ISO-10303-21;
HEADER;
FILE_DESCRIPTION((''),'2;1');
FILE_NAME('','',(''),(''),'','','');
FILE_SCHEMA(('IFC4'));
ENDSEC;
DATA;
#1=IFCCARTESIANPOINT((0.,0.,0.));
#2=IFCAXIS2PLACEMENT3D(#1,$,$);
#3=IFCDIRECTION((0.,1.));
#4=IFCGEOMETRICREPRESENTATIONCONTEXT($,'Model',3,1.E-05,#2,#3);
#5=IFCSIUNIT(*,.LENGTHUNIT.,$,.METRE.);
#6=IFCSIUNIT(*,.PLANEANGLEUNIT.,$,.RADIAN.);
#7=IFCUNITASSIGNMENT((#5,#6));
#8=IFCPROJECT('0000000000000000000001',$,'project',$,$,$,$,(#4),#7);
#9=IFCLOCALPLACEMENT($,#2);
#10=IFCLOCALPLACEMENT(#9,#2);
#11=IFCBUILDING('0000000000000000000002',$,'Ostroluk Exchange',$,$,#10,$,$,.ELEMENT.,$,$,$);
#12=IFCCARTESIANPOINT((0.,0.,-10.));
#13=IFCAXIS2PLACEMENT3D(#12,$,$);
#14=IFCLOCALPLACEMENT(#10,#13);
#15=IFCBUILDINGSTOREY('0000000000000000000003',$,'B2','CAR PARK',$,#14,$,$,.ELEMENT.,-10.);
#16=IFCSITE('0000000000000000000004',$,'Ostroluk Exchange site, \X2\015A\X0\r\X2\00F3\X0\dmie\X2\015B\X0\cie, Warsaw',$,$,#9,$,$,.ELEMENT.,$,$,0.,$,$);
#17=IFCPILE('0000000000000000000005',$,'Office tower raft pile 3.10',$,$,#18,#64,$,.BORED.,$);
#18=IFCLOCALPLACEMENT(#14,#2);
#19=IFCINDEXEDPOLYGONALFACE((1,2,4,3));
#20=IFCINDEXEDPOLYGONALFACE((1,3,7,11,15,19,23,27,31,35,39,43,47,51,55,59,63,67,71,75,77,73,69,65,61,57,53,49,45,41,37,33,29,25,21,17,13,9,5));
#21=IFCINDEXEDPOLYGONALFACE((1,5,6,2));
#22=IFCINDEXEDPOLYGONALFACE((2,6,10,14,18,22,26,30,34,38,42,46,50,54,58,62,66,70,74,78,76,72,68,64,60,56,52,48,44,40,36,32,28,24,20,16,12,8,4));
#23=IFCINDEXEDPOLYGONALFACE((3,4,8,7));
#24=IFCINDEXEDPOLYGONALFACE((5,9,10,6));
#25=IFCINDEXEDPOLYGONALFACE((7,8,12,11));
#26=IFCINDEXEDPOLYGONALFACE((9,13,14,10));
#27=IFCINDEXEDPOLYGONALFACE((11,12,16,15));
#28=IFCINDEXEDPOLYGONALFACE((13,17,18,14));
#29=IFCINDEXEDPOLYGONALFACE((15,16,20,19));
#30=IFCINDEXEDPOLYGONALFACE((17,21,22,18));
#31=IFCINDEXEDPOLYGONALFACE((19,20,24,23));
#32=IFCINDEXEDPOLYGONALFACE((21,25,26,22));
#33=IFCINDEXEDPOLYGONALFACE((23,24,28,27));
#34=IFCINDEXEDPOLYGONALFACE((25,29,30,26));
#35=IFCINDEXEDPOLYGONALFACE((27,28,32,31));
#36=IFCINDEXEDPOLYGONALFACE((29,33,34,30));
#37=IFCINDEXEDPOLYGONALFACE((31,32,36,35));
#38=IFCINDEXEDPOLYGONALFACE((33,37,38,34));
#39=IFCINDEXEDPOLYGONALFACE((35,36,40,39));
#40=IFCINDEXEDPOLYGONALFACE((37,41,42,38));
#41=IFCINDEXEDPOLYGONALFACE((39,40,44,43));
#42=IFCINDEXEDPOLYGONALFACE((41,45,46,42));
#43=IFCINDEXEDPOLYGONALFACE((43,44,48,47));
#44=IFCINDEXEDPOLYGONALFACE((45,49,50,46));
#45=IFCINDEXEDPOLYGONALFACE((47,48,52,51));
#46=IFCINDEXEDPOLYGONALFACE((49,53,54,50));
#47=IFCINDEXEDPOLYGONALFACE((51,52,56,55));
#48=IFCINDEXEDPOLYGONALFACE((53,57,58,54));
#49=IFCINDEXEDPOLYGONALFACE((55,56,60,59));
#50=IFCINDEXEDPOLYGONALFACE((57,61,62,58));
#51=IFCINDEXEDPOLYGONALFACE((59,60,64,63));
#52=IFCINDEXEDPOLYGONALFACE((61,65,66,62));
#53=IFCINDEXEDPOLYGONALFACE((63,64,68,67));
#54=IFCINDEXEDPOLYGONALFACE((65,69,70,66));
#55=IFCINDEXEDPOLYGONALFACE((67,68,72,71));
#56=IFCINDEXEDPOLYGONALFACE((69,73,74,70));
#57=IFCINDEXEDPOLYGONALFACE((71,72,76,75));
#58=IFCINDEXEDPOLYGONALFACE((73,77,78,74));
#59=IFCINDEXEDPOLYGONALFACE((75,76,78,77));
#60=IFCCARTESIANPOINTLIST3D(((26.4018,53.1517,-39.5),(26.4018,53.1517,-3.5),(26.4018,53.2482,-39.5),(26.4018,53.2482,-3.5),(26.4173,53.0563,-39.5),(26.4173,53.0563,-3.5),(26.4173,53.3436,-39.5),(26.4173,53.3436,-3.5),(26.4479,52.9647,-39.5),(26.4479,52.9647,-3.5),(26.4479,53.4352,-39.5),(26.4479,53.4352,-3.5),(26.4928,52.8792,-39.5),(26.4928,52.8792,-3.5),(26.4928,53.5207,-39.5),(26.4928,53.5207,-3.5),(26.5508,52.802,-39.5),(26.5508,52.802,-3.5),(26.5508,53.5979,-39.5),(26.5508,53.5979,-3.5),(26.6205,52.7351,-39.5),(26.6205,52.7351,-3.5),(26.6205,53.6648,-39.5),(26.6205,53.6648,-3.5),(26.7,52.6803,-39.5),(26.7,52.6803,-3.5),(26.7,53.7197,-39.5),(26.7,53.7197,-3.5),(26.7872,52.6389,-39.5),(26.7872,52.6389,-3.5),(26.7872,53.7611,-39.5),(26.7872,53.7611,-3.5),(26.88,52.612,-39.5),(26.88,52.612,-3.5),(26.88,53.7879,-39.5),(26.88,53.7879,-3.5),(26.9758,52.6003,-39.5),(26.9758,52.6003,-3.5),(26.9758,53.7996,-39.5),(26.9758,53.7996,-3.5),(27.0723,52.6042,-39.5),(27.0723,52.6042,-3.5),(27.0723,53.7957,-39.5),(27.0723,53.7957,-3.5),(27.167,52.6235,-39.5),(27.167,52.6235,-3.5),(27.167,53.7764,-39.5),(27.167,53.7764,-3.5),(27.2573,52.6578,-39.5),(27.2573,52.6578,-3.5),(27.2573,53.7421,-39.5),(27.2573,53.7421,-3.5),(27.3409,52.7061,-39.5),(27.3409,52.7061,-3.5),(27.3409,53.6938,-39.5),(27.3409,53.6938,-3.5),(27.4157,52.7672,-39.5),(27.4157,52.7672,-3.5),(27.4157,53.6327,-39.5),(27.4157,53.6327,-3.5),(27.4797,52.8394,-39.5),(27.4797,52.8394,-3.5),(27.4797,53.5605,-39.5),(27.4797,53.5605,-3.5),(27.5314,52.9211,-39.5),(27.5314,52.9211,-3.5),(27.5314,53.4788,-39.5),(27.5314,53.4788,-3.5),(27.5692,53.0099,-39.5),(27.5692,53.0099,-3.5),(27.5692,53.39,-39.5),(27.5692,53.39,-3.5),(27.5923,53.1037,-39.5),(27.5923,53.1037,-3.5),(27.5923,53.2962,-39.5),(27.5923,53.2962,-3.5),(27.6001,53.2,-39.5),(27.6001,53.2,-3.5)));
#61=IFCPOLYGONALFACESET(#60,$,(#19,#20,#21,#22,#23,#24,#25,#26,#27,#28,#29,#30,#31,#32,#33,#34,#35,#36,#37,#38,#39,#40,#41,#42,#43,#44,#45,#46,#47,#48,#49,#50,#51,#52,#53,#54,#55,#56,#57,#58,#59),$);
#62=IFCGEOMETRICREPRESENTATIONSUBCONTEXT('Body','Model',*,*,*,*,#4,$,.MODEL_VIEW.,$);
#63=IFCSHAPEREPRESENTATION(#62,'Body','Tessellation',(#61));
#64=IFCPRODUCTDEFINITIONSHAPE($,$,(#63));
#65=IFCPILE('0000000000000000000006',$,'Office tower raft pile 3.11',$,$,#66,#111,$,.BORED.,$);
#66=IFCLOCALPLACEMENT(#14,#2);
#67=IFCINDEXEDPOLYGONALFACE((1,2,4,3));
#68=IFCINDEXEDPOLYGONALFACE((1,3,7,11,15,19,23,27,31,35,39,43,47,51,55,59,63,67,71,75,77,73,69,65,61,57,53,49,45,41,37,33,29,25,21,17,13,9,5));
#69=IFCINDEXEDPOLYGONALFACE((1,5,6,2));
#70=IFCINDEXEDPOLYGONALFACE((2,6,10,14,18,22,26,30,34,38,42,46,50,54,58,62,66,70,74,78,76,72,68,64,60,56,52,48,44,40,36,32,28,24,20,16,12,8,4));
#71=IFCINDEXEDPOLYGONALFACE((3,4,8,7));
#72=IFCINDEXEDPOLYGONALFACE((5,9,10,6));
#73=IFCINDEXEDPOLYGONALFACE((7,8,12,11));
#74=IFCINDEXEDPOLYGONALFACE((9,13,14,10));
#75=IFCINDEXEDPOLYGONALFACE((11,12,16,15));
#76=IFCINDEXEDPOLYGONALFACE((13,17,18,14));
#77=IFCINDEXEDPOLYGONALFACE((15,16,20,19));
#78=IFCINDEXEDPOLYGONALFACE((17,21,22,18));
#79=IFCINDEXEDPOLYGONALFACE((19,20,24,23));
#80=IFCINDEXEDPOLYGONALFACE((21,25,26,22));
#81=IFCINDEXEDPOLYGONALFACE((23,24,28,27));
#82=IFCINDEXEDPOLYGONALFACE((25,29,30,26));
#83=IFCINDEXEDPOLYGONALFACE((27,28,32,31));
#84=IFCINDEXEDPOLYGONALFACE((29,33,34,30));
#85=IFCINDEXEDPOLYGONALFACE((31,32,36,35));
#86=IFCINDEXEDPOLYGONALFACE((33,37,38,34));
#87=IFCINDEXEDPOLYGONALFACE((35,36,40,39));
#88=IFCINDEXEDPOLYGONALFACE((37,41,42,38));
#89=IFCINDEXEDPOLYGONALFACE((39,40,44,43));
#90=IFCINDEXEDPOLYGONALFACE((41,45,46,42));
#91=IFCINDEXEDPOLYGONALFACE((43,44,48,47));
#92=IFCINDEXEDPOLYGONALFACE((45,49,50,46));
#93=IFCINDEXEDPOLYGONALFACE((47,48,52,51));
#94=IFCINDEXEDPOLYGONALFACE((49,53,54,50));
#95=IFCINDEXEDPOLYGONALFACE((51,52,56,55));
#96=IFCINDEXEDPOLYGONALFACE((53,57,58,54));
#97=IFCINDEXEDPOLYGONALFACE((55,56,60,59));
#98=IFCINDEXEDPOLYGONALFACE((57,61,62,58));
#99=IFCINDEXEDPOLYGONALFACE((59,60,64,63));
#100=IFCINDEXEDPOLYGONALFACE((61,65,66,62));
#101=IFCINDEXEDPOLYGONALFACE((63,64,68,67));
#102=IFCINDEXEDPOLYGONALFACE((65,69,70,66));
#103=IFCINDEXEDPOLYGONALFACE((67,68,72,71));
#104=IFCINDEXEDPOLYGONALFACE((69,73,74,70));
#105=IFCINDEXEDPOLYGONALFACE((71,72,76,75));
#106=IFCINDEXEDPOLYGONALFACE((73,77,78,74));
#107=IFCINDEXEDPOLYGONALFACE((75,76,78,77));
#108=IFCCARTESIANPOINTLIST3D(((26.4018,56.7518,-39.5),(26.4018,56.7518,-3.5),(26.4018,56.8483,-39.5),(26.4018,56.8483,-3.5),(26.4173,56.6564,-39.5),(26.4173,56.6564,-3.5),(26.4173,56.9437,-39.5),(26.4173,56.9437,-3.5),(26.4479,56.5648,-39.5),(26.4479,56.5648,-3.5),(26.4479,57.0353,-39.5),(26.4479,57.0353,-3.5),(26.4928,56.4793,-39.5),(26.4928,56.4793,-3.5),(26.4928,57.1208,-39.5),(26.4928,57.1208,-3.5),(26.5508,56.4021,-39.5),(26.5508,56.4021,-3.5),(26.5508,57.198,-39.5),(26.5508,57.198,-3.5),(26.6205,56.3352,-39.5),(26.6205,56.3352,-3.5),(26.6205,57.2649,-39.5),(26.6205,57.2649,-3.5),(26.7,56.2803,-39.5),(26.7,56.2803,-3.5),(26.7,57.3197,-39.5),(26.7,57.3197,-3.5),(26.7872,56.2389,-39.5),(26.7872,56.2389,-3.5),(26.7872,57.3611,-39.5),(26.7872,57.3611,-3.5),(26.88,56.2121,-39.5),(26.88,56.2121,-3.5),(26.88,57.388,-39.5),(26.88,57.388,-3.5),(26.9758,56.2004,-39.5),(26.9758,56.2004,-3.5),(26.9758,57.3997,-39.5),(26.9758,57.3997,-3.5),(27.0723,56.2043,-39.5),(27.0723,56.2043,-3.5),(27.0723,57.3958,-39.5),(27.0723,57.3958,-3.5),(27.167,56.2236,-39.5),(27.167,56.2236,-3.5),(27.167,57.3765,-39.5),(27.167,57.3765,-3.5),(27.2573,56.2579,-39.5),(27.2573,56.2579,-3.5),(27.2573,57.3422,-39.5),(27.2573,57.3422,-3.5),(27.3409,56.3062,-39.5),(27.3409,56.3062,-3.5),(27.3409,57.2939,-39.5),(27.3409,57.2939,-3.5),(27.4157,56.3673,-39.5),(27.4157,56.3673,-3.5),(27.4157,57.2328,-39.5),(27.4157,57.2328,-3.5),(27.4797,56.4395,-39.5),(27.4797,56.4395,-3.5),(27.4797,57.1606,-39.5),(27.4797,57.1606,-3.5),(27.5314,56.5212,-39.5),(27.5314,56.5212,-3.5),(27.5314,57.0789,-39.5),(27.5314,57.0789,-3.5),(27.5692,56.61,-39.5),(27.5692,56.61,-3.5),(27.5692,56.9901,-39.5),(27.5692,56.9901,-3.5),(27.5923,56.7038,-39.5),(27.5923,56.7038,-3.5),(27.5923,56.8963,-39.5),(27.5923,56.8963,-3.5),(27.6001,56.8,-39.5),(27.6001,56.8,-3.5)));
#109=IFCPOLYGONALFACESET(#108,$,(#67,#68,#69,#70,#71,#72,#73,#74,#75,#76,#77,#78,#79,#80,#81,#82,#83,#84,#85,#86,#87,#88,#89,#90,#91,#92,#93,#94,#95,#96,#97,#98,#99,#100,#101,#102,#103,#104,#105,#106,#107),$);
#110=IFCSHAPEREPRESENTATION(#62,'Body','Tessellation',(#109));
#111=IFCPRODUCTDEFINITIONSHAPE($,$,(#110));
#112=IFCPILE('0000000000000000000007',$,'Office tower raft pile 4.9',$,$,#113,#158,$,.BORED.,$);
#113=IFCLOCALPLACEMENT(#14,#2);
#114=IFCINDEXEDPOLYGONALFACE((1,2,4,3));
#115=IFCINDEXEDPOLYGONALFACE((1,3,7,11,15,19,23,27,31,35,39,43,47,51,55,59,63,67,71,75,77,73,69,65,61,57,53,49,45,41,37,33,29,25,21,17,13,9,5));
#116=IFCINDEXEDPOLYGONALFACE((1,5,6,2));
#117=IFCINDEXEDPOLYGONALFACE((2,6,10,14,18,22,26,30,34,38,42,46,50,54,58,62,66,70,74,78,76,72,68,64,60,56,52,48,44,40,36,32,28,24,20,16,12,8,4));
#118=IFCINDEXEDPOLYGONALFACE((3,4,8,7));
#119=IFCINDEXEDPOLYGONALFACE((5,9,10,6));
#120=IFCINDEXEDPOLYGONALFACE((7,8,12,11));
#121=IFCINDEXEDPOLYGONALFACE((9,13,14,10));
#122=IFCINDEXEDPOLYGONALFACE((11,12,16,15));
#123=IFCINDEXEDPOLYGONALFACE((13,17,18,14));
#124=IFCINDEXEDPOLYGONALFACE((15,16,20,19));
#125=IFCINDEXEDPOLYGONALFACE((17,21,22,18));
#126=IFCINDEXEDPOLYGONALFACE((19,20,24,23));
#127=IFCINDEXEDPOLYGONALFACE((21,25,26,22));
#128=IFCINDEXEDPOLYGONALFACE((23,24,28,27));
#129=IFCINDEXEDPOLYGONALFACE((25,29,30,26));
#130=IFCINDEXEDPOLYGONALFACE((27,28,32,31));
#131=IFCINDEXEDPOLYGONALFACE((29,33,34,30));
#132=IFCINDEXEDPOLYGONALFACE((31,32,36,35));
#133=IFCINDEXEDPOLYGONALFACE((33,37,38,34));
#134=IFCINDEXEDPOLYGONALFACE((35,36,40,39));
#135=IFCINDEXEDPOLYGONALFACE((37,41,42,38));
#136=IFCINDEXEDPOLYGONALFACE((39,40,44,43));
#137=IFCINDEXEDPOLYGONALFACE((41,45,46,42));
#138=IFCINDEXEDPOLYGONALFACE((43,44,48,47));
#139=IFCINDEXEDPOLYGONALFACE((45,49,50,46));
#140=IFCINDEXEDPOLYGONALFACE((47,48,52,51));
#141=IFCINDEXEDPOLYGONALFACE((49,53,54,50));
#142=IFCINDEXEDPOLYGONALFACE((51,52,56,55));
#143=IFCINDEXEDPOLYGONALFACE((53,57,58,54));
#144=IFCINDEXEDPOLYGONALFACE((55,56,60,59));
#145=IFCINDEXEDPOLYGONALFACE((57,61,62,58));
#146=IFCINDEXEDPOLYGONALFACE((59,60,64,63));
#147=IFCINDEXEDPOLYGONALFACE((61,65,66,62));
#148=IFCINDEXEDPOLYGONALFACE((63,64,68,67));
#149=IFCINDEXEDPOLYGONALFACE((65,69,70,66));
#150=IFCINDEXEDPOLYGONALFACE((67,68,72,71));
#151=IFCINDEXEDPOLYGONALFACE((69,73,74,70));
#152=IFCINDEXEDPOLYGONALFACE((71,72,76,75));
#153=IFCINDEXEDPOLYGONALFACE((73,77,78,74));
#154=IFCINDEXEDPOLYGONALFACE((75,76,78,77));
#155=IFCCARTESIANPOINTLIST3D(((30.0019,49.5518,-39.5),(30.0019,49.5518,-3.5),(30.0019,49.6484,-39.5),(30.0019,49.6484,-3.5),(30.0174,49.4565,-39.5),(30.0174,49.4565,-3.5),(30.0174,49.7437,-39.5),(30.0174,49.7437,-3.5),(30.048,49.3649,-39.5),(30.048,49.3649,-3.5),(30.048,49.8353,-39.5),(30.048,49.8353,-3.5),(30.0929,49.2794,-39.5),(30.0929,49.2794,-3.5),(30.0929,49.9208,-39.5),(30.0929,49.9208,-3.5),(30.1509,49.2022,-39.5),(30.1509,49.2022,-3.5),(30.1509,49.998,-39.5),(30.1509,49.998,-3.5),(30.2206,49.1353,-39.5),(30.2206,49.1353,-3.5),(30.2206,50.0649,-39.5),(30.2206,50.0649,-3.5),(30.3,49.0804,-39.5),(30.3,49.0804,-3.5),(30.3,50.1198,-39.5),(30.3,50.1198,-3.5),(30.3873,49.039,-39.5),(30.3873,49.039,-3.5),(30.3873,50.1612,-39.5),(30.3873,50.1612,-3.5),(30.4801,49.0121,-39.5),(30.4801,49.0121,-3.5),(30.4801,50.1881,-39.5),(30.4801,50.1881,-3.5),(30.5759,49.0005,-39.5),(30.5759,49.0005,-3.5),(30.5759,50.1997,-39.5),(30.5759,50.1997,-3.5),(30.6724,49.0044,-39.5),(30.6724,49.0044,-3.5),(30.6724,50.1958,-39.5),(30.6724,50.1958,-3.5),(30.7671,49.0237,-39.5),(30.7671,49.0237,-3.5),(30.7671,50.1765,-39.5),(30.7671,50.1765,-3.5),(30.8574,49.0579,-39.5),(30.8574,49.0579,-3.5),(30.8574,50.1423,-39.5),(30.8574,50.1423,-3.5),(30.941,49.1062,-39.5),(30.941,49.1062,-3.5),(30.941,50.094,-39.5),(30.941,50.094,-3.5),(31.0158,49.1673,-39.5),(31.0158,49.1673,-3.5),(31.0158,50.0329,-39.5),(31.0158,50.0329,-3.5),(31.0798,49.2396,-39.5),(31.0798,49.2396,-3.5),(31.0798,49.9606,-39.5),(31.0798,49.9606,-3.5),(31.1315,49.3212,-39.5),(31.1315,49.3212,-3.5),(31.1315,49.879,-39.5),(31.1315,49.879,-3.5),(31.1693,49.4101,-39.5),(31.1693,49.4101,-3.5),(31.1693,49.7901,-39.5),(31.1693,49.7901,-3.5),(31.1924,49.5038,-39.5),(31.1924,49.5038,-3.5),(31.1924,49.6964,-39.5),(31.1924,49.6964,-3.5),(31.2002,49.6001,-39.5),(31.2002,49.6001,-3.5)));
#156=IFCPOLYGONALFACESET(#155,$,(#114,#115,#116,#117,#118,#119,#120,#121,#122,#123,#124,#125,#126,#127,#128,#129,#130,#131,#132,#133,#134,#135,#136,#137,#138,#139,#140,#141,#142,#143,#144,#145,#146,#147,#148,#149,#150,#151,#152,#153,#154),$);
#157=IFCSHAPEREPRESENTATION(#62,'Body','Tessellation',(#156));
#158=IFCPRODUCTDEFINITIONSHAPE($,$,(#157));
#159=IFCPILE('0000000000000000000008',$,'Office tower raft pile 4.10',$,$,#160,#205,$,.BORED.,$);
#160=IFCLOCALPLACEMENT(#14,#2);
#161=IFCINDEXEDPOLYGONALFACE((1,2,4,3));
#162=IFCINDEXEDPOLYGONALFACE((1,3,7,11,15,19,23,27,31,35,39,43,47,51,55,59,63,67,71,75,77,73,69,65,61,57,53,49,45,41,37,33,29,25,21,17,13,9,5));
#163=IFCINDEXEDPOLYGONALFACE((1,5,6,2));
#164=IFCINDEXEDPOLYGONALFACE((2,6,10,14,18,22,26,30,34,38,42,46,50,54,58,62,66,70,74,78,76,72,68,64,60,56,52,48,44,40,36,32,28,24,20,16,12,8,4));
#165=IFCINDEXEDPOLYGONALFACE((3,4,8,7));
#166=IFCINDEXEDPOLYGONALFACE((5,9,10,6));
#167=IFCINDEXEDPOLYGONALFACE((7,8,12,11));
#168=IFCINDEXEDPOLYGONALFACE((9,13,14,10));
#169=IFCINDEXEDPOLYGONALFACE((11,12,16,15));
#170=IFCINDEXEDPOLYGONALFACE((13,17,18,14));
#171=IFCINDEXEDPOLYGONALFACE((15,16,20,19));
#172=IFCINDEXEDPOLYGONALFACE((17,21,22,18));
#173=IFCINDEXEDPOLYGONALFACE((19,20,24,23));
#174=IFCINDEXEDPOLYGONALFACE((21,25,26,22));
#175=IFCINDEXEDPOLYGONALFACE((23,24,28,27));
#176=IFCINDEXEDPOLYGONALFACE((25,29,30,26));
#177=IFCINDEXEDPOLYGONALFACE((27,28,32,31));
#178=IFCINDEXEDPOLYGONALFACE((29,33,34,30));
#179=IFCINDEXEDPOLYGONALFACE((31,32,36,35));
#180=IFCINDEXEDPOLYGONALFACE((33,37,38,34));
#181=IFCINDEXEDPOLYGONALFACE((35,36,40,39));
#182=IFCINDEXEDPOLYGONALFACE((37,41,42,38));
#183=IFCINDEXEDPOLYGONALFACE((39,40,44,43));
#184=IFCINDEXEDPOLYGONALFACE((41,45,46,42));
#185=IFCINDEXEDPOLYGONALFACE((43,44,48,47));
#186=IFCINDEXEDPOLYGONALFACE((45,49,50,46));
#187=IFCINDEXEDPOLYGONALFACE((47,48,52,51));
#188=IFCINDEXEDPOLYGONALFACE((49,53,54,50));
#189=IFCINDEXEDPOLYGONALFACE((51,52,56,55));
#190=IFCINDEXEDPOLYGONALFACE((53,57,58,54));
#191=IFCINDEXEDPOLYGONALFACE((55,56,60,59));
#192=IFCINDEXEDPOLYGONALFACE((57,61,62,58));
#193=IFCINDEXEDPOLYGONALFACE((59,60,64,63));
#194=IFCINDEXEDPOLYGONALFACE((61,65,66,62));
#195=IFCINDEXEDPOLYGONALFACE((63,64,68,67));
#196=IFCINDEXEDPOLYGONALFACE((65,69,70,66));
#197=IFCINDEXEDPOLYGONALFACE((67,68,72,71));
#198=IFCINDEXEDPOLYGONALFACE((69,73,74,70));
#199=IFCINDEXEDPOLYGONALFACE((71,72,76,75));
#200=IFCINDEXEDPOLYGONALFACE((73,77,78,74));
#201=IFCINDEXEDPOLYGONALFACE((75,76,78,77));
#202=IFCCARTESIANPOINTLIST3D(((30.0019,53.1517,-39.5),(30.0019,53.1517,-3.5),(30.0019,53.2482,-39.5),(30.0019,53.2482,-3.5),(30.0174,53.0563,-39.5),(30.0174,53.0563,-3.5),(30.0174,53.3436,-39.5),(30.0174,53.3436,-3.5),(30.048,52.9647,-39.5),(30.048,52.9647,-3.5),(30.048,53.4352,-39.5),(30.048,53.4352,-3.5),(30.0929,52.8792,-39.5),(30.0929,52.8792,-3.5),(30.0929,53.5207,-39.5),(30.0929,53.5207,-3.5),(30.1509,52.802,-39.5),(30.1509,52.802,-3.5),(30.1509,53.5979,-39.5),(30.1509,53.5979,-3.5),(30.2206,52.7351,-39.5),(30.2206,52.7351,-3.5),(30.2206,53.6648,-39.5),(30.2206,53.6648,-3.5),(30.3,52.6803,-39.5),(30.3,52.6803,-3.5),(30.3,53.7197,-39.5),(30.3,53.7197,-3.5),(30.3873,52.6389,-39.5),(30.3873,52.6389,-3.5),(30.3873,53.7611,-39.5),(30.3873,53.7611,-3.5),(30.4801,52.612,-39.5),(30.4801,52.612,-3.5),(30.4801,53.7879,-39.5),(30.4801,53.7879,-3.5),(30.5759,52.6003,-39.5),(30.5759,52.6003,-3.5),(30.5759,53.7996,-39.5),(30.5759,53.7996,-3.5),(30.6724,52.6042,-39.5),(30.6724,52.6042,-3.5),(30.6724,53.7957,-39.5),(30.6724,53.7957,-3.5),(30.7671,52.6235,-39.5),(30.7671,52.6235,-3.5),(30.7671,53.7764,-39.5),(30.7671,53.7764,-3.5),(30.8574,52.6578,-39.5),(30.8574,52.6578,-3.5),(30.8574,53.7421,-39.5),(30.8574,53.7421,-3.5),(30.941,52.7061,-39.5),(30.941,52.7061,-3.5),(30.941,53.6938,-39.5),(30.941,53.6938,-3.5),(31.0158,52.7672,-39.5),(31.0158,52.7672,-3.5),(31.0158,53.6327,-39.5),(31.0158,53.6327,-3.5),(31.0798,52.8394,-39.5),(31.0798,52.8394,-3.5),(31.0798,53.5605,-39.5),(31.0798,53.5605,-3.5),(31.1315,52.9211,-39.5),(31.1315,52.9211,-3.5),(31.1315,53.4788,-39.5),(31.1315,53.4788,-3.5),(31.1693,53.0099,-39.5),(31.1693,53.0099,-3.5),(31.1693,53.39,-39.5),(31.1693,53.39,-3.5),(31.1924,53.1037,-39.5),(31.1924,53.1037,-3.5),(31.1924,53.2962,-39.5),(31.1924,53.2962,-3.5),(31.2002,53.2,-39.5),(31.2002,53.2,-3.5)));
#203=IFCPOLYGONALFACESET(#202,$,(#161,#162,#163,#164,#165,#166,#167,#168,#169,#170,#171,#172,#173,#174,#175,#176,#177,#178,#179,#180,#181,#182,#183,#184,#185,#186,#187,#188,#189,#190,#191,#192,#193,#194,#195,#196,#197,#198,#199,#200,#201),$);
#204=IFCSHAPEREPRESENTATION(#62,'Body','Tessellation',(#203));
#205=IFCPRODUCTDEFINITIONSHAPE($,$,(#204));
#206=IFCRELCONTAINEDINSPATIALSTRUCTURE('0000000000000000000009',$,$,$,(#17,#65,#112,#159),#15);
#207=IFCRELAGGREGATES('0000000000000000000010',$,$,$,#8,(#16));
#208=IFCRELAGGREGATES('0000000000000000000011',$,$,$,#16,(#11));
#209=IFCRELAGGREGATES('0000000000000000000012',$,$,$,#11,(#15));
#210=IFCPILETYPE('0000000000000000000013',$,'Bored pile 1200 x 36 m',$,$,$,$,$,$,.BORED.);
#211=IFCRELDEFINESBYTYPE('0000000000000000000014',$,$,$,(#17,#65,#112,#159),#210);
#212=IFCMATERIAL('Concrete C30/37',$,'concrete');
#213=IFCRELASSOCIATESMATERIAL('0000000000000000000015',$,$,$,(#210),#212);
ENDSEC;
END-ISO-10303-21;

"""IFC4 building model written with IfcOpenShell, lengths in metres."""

from ifc_helpers import new_model, si_unit, direction, frame, origin, origin_2d, place, context, subcontext, project, spatial, circle, extrude, material, type_object, element, save


model = new_model("IFC4")

# Units and contexts
model_context = context("Model", 3, precision=1e-05, world=origin(), true_north=direction((0.0, 1.0)))
body_context = subcontext(model_context, "Body", "Model", "MODEL_VIEW")
ifc_project = project(units=[si_unit("LENGTHUNIT", "METRE"), si_unit("PLANEANGLEUNIT", "RADIAN")], contexts=[model_context])

# Site, building, storey
site_placement = place(None, origin())
site = spatial("IfcSite", under=ifc_project, at=site_placement, Name="Ostroluk Exchange site, Śródmieście, Warsaw", CompositionType="ELEMENT", RefElevation=0.0)
building_placement = place(site_placement, origin())
building = spatial("IfcBuilding", under=site, at=building_placement, Name="Ostroluk Exchange", CompositionType="ELEMENT")
storey_placement = place(building_placement, frame((0.0, 0.0, -10.0)))
storey = spatial("IfcBuildingStorey", under=building, at=storey_placement, Name="B2", Description="CAR PARK", CompositionType="ELEMENT", Elevation=-10.0)

# Piles
ifc_material_1 = material(Name="Concrete C30/37", Category="concrete")
pile_type = type_object("IfcPileType", Name="Bored pile 1200 x 36 m", PredefinedType="BORED", material=ifc_material_1)
for number, where, z_axis, x_axis, name in (
    (1, (27.0, 53.2, -3.5), (0.0, 0.0, -1.0), (1.0, 0.0, 0.0), "Office tower raft pile 3.10"),
    (2, (27.0, 56.8, -3.5), (0.0, 0.0, -1.0), (1.0, 0.0, 0.0), "Office tower raft pile 3.11"),
    (3, (30.6001, 49.6001, -3.5), (0.0, 0.0, -1.0), (1.0, 0.0, 0.0), "Office tower raft pile 4.9"),
    (4, (30.6001, 53.2, -3.5), (0.0, 0.0, -1.0), (1.0, 0.0, 0.0), "Office tower raft pile 4.10"),
):
    element("IfcPile", number, at=place(storey_placement, frame(where, z_axis=z_axis, x_axis=x_axis)), inside=storey, type_object=pile_type, Name=name, PredefinedType="BORED", context=body_context, shape_type="SweptSolid", body=[
        extrude(circle(Radius=0.6001, at=origin_2d()), origin(), (0.0, 0.0, 1.0), 36.0),
    ])

save(model, "model.ifc")
